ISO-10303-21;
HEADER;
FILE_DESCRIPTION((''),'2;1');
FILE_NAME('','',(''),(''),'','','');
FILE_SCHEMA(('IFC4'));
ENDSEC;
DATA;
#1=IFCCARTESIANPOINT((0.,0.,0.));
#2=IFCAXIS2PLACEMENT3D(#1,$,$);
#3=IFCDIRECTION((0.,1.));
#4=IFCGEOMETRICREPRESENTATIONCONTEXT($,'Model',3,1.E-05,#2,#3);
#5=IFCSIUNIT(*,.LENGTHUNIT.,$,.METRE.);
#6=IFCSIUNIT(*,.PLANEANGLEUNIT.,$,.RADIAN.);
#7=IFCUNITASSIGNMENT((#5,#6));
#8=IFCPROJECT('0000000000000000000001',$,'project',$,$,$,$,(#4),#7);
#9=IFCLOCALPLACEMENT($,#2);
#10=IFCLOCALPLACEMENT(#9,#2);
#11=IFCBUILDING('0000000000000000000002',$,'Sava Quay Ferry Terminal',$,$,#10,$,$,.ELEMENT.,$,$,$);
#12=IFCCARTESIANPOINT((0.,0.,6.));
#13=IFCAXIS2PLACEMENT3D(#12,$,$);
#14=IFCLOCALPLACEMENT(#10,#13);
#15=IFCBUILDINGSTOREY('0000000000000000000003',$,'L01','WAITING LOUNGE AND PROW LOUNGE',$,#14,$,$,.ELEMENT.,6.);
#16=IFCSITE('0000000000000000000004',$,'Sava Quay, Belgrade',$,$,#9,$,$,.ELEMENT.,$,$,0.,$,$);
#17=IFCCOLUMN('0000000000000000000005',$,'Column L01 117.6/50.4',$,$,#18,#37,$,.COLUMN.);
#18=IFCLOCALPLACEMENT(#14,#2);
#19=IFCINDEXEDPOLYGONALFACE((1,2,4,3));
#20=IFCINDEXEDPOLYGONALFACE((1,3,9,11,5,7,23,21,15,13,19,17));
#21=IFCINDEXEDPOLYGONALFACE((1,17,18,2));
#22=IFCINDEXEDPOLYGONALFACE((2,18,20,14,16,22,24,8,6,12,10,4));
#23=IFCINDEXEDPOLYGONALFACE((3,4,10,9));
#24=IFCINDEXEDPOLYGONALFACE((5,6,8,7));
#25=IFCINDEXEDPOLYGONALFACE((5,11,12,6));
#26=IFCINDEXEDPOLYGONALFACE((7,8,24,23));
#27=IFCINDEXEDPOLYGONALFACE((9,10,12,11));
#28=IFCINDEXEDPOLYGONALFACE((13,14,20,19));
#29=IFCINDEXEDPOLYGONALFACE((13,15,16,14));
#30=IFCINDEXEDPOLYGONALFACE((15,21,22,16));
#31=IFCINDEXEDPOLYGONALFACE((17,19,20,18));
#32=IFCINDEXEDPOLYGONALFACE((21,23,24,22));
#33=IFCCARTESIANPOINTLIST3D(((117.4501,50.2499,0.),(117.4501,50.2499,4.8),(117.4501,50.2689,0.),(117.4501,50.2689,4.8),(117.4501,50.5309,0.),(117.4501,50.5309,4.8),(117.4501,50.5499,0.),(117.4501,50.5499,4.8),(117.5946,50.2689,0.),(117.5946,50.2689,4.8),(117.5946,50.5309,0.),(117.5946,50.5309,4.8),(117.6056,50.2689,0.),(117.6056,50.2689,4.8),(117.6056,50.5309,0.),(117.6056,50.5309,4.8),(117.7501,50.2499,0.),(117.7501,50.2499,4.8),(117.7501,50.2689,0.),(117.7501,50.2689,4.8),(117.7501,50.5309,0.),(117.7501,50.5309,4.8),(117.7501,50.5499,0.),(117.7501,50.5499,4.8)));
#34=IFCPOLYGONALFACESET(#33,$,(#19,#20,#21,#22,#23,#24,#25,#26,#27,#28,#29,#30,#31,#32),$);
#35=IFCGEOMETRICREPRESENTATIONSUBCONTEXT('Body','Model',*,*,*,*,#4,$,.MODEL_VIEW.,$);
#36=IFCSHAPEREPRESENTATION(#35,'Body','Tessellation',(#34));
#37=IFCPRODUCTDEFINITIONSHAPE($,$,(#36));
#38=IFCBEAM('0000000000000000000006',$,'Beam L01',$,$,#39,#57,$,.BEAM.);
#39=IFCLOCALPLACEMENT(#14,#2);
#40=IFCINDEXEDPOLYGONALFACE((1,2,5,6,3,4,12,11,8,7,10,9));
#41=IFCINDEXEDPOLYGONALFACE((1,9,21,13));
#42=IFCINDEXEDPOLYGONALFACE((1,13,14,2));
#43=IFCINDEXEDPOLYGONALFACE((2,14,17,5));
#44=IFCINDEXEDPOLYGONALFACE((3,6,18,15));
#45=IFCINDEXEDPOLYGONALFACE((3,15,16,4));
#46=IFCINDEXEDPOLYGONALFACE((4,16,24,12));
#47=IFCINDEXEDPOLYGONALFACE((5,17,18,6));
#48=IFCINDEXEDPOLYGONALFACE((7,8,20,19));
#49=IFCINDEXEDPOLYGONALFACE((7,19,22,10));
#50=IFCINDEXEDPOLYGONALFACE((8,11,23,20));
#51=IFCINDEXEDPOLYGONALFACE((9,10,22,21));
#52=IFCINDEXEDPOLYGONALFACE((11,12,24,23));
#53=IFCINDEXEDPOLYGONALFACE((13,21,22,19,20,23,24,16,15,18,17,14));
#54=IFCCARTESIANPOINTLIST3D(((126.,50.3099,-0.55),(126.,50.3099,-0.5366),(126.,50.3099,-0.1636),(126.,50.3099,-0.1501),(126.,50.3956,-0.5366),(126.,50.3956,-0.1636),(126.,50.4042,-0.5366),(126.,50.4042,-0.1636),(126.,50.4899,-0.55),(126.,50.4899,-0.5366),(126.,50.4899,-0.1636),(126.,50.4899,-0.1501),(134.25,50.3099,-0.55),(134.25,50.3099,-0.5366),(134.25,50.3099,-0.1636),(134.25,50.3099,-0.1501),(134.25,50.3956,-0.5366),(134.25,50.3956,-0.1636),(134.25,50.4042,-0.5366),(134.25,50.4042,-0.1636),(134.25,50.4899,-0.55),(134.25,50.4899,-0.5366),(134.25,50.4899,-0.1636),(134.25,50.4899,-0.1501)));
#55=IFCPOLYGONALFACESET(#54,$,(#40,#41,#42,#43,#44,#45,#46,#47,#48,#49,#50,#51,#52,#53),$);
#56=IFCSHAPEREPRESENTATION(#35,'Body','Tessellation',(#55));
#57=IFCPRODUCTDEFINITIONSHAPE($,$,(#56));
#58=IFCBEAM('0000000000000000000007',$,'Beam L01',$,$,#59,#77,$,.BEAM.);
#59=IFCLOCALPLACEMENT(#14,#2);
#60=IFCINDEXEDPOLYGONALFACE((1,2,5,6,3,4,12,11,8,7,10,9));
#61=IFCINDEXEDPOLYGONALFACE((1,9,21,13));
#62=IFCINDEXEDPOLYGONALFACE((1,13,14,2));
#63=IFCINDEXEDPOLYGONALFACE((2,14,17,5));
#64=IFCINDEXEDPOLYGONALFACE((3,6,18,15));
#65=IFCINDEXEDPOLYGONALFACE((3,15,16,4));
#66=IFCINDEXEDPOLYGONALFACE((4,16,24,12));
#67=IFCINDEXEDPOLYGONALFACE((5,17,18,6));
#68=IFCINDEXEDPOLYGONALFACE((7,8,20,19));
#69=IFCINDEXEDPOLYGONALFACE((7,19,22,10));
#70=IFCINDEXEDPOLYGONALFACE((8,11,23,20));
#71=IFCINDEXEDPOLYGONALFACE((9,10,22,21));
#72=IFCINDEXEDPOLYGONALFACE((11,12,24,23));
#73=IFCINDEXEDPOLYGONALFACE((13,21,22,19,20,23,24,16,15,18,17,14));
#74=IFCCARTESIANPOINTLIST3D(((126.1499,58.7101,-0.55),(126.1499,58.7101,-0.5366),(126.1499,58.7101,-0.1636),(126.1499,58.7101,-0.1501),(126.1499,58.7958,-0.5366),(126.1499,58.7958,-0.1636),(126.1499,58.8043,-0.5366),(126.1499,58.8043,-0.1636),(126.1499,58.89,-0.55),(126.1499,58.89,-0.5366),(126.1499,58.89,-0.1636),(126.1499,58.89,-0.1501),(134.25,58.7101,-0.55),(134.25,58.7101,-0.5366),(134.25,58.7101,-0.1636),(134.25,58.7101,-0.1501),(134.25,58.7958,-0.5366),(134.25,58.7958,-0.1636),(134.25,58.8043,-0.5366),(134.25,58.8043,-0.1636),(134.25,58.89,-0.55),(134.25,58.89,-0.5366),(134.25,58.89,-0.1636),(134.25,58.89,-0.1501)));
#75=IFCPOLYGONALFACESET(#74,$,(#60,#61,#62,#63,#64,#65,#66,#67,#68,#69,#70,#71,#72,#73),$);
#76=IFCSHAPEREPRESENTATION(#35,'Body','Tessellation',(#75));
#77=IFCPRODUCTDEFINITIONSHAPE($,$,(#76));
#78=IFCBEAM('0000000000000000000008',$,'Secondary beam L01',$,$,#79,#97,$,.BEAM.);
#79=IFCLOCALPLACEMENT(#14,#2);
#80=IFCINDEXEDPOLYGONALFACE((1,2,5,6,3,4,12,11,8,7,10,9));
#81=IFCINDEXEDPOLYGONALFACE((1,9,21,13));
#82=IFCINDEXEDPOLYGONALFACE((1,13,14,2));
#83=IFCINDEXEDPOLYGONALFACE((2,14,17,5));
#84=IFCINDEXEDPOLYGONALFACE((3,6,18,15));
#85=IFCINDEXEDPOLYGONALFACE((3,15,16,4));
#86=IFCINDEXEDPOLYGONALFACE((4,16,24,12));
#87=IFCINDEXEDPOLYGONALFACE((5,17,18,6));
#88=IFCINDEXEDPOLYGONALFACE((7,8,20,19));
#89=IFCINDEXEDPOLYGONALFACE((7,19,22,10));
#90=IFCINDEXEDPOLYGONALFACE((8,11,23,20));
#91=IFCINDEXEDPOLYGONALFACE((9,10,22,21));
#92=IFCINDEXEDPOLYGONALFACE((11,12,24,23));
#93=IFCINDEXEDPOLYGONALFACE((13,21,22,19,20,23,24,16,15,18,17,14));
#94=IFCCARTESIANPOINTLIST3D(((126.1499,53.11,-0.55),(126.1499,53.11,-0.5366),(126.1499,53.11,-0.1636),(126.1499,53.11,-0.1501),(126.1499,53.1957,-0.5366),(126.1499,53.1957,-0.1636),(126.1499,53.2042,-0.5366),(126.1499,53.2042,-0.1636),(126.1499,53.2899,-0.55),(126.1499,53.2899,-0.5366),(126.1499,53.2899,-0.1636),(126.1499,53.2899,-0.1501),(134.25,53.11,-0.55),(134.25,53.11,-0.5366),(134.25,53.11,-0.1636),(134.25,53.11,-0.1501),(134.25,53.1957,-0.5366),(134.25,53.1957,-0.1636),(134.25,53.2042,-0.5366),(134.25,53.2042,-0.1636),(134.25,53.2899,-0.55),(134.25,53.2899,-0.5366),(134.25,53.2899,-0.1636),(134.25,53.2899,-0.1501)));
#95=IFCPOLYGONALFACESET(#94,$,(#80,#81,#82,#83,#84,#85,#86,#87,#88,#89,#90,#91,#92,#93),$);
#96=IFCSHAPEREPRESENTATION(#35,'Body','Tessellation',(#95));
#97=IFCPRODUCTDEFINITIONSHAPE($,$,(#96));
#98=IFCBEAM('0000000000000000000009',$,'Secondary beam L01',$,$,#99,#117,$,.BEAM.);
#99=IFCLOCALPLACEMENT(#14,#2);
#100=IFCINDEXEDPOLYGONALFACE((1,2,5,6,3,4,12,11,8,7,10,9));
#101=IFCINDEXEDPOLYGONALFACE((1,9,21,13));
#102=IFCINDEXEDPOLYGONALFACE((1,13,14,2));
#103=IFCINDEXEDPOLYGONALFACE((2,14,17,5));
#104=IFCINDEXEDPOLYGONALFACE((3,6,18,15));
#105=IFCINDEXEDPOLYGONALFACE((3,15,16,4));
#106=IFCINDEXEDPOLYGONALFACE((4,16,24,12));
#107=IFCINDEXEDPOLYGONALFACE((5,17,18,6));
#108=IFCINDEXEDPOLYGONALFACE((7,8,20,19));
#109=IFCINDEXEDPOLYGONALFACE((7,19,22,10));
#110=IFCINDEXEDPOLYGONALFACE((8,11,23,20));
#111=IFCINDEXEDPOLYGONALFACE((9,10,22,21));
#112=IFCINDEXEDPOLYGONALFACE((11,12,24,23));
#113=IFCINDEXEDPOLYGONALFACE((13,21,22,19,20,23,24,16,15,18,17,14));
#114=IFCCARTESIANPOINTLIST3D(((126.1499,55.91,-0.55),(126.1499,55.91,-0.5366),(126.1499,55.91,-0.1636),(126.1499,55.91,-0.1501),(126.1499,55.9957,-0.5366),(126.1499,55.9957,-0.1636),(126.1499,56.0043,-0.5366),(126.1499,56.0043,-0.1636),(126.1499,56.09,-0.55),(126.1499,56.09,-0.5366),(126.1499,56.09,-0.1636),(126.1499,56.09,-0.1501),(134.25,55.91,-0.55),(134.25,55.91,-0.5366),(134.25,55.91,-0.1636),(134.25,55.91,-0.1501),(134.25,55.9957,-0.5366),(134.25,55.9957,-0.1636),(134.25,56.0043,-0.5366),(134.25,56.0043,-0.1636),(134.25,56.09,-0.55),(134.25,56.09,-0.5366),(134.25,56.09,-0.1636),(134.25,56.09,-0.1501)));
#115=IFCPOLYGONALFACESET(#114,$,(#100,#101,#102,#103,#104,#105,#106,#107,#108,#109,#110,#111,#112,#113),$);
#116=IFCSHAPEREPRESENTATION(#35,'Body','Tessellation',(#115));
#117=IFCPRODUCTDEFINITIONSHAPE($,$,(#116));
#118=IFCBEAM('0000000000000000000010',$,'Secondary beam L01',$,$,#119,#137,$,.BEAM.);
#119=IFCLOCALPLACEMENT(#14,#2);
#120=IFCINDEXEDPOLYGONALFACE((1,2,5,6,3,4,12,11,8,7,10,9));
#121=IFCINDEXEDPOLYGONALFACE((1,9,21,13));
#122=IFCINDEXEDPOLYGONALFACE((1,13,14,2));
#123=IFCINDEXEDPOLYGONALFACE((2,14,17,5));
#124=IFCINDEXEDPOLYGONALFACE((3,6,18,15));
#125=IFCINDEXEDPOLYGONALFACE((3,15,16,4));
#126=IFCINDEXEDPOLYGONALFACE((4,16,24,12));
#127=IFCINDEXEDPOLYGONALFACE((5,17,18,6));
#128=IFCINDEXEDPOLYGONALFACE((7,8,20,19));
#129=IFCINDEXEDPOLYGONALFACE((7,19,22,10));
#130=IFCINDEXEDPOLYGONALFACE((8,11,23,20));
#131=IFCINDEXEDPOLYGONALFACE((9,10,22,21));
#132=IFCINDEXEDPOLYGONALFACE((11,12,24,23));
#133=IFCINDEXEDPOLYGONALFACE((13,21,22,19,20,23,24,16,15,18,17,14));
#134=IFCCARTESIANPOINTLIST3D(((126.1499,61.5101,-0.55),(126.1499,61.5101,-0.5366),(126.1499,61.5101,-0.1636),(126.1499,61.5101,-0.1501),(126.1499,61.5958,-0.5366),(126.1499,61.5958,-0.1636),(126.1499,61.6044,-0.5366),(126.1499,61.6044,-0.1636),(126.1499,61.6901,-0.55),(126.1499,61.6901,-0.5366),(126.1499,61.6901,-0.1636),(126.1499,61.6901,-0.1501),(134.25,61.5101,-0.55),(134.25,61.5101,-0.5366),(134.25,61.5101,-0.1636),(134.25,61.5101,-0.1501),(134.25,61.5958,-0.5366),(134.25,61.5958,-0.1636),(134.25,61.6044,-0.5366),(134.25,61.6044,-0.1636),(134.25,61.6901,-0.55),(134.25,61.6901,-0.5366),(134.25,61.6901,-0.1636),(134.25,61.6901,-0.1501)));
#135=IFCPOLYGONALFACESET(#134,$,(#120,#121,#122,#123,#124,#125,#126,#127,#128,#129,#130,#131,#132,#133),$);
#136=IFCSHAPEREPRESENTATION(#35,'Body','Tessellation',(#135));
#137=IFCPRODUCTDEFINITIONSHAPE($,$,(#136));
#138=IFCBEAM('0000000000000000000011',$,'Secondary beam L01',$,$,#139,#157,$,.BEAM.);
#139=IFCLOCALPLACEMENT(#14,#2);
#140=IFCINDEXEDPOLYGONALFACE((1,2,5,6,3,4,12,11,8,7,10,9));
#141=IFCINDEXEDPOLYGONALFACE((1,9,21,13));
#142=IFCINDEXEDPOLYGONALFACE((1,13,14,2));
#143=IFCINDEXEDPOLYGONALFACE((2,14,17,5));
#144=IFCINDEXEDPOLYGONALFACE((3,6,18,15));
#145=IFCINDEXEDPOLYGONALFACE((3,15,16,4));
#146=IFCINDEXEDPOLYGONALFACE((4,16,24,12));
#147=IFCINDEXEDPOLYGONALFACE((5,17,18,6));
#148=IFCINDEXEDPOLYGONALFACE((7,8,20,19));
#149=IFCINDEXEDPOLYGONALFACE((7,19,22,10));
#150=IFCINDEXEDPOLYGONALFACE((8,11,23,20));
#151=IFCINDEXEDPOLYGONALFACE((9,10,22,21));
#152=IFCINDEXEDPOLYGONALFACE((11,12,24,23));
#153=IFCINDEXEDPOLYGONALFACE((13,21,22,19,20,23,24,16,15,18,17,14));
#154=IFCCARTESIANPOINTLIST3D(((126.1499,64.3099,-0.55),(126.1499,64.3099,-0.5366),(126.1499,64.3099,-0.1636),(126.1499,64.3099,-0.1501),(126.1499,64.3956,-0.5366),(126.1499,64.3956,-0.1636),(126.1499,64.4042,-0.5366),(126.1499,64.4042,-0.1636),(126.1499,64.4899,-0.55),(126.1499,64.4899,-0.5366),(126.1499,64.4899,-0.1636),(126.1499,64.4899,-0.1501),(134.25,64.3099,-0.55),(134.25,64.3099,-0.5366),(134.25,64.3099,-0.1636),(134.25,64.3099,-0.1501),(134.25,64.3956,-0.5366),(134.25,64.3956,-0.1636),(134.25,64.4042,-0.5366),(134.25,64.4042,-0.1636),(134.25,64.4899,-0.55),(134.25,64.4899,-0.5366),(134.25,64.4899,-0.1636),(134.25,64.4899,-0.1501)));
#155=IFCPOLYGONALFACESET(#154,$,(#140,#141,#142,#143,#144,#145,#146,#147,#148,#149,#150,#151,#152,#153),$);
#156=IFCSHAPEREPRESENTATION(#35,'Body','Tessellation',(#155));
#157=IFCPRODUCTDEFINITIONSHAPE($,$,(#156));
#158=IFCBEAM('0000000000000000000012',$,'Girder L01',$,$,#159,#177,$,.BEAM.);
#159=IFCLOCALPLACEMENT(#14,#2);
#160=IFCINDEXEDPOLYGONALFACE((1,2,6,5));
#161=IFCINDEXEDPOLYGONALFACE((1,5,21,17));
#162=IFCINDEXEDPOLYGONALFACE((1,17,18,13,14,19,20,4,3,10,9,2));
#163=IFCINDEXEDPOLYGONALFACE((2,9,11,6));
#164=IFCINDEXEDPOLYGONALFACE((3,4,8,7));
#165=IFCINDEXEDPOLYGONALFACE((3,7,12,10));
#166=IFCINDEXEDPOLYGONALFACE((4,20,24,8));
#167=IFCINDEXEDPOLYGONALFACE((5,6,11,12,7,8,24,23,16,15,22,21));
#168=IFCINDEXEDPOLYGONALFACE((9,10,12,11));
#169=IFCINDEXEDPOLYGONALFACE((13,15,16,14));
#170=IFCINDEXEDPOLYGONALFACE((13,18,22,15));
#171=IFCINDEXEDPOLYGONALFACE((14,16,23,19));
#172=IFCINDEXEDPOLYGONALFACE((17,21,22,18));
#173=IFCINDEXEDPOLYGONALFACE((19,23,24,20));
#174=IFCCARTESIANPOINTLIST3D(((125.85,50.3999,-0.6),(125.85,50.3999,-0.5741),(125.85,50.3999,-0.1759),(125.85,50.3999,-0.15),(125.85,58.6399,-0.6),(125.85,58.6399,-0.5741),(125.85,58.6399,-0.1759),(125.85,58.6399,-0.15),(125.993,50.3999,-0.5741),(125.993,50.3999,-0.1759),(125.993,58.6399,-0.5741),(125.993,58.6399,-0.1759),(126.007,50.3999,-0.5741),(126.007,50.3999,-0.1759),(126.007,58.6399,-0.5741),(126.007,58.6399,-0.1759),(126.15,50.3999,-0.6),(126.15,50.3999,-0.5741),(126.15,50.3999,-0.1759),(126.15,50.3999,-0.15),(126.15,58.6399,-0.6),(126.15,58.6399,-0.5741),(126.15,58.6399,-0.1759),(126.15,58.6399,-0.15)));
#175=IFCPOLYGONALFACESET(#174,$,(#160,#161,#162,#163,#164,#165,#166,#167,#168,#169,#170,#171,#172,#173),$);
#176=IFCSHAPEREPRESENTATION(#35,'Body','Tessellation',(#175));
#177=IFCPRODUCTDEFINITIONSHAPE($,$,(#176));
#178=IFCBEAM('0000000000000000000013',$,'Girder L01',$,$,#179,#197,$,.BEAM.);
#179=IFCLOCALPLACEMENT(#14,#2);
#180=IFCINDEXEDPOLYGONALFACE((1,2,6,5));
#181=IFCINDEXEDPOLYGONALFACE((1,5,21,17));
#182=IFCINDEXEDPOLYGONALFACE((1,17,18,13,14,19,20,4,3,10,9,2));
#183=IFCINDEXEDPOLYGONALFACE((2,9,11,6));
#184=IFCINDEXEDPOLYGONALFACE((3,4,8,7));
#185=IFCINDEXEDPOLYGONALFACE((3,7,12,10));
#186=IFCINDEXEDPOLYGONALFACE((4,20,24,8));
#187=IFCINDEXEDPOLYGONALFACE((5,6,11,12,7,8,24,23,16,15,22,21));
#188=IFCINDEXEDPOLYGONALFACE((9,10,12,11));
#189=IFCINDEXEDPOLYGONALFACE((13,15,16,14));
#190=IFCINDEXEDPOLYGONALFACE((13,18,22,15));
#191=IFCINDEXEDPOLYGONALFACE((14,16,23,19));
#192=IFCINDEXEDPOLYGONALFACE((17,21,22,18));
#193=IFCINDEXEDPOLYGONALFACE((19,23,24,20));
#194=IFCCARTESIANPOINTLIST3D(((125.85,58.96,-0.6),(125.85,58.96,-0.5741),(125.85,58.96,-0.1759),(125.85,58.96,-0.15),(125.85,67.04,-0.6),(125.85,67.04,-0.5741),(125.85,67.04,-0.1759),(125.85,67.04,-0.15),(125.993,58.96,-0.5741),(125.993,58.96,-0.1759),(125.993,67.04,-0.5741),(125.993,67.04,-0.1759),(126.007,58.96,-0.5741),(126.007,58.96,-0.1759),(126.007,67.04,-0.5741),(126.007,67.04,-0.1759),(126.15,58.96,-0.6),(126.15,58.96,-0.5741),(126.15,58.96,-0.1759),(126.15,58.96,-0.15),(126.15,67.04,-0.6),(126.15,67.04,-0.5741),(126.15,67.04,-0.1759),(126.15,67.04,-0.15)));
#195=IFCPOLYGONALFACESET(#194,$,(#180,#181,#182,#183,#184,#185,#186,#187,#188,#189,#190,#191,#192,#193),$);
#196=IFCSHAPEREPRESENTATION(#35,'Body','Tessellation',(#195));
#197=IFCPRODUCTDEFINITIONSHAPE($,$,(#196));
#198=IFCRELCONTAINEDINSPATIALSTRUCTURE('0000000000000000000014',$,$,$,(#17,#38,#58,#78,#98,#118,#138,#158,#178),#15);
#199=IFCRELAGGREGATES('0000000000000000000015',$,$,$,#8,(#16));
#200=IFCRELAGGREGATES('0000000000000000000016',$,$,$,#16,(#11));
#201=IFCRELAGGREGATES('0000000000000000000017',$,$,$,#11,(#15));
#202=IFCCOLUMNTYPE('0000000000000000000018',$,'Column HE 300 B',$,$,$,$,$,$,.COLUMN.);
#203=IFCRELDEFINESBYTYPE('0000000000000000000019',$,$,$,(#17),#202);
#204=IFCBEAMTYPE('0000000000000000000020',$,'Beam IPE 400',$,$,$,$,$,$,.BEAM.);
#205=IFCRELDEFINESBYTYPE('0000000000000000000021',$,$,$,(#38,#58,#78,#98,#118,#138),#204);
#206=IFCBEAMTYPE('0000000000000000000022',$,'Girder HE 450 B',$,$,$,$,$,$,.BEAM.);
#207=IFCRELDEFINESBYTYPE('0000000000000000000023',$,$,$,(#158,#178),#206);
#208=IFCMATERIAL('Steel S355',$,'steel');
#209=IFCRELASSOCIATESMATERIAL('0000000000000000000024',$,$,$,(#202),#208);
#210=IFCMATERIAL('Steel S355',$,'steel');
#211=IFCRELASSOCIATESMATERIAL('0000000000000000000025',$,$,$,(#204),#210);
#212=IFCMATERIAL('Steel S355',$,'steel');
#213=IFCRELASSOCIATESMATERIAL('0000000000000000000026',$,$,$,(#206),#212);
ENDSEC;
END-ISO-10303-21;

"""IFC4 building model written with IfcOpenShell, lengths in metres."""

from ifc_helpers import new_model, si_unit, direction, frame, origin, origin_2d, place, context, subcontext, project, spatial, i_section, extrude, material, material_profile, profile_set, type_object, element, save


model = new_model("IFC4")

# Units and contexts
model_context = context("Model", 3, precision=1e-05, world=origin(), true_north=direction((0.0, 1.0)))
body_context = subcontext(model_context, "Body", "Model", "MODEL_VIEW")
ifc_project = project(units=[si_unit("LENGTHUNIT", "METRE"), si_unit("PLANEANGLEUNIT", "RADIAN")], contexts=[model_context])

# Site, building, storey
site_placement = place(None, origin())
site = spatial("IfcSite", under=ifc_project, at=site_placement, Name="Sava Quay, Belgrade", CompositionType="ELEMENT", RefElevation=0.0)
building_placement = place(site_placement, origin())
building = spatial("IfcBuilding", under=site, at=building_placement, Name="Sava Quay Ferry Terminal", CompositionType="ELEMENT")
storey_placement = place(building_placement, frame((0.0, 0.0, 6.0)))
storey = spatial("IfcBuildingStorey", under=building, at=storey_placement, Name="L01", Description="WAITING LOUNGE AND PROW LOUNGE", CompositionType="ELEMENT", Elevation=6.0)

# Column
ifc_material_1 = material(Name="Steel S355", Category="steel")
ifc_material_profile_1 = material_profile(ifc_material_1, i_section(OverallWidth=0.3, OverallDepth=0.3, WebThickness=0.011, FlangeThickness=0.019, at=origin_2d()), Name="HE 300 B")
ifc_profile_set_1 = profile_set([ifc_material_profile_1], Name="Steel S355")
column_type = type_object("IfcColumnType", Name="Column HE 300 B", PredefinedType="COLUMN", material=ifc_profile_set_1)
column_placement = place(storey_placement, frame((117.6001, 50.3999, 0.0), z_axis=(0.0, 0.0, 1.0), x_axis=(1.0, 0.0, 0.0)))
element("IfcColumn", 1, at=column_placement, inside=storey, type_object=column_type, Name="Column L01 117.6/50.4", PredefinedType="COLUMN", context=body_context, shape_type="SweptSolid", body=[
    extrude(i_section(OverallWidth=0.3, OverallDepth=0.3, WebThickness=0.011, FlangeThickness=0.019, at=origin_2d()), origin(), (0.0, 0.0, 1.0), 4.8),
])

# Beams
ifc_material_2 = material(Name="Steel S355", Category="steel")
ifc_material_profile_2 = material_profile(ifc_material_2, i_section(OverallWidth=0.1799, OverallDepth=0.3999, WebThickness=0.0085, FlangeThickness=0.0134, at=origin_2d()), Name="IPE 400")
ifc_profile_set_2 = profile_set([ifc_material_profile_2], Name="Steel S355")
beam_type_1 = type_object("IfcBeamType", Name="Beam IPE 400", PredefinedType="BEAM", material=ifc_profile_set_2)
beam_1_placement = place(storey_placement, frame((126.0, 50.3999, -0.3501), z_axis=(1.0, 0.0, 0.0), x_axis=(0.0, 1.0, 0.0)))
element("IfcBeam", 2, at=beam_1_placement, inside=storey, type_object=beam_type_1, Name="Beam L01", PredefinedType="BEAM", context=body_context, shape_type="SweptSolid", body=[
    extrude(i_section(OverallWidth=0.1799, OverallDepth=0.3999, WebThickness=0.0085, FlangeThickness=0.0134, at=origin_2d()), origin(), (0.0, 0.0, 1.0), 8.25),
])
for number, where, z_axis, x_axis, name in (
    (3, (126.1499, 58.8, -0.3501), (1.0, 0.0, 0.0), (0.0, 1.0, 0.0), "Beam L01"),
    (4, (126.1499, 53.2, -0.3501), (1.0, 0.0, 0.0), (0.0, 1.0, 0.0), "Secondary beam L01"),
    (5, (126.1499, 56.0, -0.3501), (1.0, 0.0, 0.0), (0.0, 1.0, 0.0), "Secondary beam L01"),
    (6, (126.1499, 61.6001, -0.3501), (1.0, 0.0, 0.0), (0.0, 1.0, 0.0), "Secondary beam L01"),
    (7, (126.1499, 64.3999, -0.3501), (1.0, 0.0, 0.0), (0.0, 1.0, 0.0), "Secondary beam L01"),
):
    element("IfcBeam", number, at=place(storey_placement, frame(where, z_axis=z_axis, x_axis=x_axis)), inside=storey, type_object=beam_type_1, Name=name, PredefinedType="BEAM", context=body_context, shape_type="SweptSolid", body=[
        extrude(i_section(OverallWidth=0.1799, OverallDepth=0.3999, WebThickness=0.0085, FlangeThickness=0.0134, at=origin_2d()), origin(), (0.0, 0.0, 1.0), 8.1001),
    ])
ifc_material_3 = material(Name="Steel S355", Category="steel")
ifc_material_profile_3 = material_profile(ifc_material_3, i_section(OverallWidth=0.3, OverallDepth=0.45, WebThickness=0.0139, FlangeThickness=0.0259, at=origin_2d()), Name="HE 450 B")
ifc_profile_set_3 = profile_set([ifc_material_profile_3], Name="Steel S355")
beam_type_2 = type_object("IfcBeamType", Name="Girder HE 450 B", PredefinedType="BEAM", material=ifc_profile_set_3)
beam_2_placement = place(storey_placement, frame((126.0, 50.3999, -0.375), z_axis=(0.0, 1.0, 0.0), x_axis=(-1.0, 0.0, 0.0)))
element("IfcBeam", 8, at=beam_2_placement, inside=storey, type_object=beam_type_2, Name="Girder L01", PredefinedType="BEAM", context=body_context, shape_type="SweptSolid", body=[
    extrude(i_section(OverallWidth=0.3, OverallDepth=0.45, WebThickness=0.0139, FlangeThickness=0.0259, at=origin_2d()), origin(), (0.0, 0.0, 1.0), 8.24),
])
beam_3_placement = place(storey_placement, frame((126.0, 58.96, -0.375), z_axis=(0.0, 1.0, 0.0), x_axis=(-1.0, 0.0, 0.0)))
element("IfcBeam", 9, at=beam_3_placement, inside=storey, type_object=beam_type_2, Name="Girder L01", PredefinedType="BEAM", context=body_context, shape_type="SweptSolid", body=[
    extrude(i_section(OverallWidth=0.3, OverallDepth=0.45, WebThickness=0.0139, FlangeThickness=0.0259, at=origin_2d()), origin(), (0.0, 0.0, 1.0), 8.0801),
])

save(model, "model.ifc")
